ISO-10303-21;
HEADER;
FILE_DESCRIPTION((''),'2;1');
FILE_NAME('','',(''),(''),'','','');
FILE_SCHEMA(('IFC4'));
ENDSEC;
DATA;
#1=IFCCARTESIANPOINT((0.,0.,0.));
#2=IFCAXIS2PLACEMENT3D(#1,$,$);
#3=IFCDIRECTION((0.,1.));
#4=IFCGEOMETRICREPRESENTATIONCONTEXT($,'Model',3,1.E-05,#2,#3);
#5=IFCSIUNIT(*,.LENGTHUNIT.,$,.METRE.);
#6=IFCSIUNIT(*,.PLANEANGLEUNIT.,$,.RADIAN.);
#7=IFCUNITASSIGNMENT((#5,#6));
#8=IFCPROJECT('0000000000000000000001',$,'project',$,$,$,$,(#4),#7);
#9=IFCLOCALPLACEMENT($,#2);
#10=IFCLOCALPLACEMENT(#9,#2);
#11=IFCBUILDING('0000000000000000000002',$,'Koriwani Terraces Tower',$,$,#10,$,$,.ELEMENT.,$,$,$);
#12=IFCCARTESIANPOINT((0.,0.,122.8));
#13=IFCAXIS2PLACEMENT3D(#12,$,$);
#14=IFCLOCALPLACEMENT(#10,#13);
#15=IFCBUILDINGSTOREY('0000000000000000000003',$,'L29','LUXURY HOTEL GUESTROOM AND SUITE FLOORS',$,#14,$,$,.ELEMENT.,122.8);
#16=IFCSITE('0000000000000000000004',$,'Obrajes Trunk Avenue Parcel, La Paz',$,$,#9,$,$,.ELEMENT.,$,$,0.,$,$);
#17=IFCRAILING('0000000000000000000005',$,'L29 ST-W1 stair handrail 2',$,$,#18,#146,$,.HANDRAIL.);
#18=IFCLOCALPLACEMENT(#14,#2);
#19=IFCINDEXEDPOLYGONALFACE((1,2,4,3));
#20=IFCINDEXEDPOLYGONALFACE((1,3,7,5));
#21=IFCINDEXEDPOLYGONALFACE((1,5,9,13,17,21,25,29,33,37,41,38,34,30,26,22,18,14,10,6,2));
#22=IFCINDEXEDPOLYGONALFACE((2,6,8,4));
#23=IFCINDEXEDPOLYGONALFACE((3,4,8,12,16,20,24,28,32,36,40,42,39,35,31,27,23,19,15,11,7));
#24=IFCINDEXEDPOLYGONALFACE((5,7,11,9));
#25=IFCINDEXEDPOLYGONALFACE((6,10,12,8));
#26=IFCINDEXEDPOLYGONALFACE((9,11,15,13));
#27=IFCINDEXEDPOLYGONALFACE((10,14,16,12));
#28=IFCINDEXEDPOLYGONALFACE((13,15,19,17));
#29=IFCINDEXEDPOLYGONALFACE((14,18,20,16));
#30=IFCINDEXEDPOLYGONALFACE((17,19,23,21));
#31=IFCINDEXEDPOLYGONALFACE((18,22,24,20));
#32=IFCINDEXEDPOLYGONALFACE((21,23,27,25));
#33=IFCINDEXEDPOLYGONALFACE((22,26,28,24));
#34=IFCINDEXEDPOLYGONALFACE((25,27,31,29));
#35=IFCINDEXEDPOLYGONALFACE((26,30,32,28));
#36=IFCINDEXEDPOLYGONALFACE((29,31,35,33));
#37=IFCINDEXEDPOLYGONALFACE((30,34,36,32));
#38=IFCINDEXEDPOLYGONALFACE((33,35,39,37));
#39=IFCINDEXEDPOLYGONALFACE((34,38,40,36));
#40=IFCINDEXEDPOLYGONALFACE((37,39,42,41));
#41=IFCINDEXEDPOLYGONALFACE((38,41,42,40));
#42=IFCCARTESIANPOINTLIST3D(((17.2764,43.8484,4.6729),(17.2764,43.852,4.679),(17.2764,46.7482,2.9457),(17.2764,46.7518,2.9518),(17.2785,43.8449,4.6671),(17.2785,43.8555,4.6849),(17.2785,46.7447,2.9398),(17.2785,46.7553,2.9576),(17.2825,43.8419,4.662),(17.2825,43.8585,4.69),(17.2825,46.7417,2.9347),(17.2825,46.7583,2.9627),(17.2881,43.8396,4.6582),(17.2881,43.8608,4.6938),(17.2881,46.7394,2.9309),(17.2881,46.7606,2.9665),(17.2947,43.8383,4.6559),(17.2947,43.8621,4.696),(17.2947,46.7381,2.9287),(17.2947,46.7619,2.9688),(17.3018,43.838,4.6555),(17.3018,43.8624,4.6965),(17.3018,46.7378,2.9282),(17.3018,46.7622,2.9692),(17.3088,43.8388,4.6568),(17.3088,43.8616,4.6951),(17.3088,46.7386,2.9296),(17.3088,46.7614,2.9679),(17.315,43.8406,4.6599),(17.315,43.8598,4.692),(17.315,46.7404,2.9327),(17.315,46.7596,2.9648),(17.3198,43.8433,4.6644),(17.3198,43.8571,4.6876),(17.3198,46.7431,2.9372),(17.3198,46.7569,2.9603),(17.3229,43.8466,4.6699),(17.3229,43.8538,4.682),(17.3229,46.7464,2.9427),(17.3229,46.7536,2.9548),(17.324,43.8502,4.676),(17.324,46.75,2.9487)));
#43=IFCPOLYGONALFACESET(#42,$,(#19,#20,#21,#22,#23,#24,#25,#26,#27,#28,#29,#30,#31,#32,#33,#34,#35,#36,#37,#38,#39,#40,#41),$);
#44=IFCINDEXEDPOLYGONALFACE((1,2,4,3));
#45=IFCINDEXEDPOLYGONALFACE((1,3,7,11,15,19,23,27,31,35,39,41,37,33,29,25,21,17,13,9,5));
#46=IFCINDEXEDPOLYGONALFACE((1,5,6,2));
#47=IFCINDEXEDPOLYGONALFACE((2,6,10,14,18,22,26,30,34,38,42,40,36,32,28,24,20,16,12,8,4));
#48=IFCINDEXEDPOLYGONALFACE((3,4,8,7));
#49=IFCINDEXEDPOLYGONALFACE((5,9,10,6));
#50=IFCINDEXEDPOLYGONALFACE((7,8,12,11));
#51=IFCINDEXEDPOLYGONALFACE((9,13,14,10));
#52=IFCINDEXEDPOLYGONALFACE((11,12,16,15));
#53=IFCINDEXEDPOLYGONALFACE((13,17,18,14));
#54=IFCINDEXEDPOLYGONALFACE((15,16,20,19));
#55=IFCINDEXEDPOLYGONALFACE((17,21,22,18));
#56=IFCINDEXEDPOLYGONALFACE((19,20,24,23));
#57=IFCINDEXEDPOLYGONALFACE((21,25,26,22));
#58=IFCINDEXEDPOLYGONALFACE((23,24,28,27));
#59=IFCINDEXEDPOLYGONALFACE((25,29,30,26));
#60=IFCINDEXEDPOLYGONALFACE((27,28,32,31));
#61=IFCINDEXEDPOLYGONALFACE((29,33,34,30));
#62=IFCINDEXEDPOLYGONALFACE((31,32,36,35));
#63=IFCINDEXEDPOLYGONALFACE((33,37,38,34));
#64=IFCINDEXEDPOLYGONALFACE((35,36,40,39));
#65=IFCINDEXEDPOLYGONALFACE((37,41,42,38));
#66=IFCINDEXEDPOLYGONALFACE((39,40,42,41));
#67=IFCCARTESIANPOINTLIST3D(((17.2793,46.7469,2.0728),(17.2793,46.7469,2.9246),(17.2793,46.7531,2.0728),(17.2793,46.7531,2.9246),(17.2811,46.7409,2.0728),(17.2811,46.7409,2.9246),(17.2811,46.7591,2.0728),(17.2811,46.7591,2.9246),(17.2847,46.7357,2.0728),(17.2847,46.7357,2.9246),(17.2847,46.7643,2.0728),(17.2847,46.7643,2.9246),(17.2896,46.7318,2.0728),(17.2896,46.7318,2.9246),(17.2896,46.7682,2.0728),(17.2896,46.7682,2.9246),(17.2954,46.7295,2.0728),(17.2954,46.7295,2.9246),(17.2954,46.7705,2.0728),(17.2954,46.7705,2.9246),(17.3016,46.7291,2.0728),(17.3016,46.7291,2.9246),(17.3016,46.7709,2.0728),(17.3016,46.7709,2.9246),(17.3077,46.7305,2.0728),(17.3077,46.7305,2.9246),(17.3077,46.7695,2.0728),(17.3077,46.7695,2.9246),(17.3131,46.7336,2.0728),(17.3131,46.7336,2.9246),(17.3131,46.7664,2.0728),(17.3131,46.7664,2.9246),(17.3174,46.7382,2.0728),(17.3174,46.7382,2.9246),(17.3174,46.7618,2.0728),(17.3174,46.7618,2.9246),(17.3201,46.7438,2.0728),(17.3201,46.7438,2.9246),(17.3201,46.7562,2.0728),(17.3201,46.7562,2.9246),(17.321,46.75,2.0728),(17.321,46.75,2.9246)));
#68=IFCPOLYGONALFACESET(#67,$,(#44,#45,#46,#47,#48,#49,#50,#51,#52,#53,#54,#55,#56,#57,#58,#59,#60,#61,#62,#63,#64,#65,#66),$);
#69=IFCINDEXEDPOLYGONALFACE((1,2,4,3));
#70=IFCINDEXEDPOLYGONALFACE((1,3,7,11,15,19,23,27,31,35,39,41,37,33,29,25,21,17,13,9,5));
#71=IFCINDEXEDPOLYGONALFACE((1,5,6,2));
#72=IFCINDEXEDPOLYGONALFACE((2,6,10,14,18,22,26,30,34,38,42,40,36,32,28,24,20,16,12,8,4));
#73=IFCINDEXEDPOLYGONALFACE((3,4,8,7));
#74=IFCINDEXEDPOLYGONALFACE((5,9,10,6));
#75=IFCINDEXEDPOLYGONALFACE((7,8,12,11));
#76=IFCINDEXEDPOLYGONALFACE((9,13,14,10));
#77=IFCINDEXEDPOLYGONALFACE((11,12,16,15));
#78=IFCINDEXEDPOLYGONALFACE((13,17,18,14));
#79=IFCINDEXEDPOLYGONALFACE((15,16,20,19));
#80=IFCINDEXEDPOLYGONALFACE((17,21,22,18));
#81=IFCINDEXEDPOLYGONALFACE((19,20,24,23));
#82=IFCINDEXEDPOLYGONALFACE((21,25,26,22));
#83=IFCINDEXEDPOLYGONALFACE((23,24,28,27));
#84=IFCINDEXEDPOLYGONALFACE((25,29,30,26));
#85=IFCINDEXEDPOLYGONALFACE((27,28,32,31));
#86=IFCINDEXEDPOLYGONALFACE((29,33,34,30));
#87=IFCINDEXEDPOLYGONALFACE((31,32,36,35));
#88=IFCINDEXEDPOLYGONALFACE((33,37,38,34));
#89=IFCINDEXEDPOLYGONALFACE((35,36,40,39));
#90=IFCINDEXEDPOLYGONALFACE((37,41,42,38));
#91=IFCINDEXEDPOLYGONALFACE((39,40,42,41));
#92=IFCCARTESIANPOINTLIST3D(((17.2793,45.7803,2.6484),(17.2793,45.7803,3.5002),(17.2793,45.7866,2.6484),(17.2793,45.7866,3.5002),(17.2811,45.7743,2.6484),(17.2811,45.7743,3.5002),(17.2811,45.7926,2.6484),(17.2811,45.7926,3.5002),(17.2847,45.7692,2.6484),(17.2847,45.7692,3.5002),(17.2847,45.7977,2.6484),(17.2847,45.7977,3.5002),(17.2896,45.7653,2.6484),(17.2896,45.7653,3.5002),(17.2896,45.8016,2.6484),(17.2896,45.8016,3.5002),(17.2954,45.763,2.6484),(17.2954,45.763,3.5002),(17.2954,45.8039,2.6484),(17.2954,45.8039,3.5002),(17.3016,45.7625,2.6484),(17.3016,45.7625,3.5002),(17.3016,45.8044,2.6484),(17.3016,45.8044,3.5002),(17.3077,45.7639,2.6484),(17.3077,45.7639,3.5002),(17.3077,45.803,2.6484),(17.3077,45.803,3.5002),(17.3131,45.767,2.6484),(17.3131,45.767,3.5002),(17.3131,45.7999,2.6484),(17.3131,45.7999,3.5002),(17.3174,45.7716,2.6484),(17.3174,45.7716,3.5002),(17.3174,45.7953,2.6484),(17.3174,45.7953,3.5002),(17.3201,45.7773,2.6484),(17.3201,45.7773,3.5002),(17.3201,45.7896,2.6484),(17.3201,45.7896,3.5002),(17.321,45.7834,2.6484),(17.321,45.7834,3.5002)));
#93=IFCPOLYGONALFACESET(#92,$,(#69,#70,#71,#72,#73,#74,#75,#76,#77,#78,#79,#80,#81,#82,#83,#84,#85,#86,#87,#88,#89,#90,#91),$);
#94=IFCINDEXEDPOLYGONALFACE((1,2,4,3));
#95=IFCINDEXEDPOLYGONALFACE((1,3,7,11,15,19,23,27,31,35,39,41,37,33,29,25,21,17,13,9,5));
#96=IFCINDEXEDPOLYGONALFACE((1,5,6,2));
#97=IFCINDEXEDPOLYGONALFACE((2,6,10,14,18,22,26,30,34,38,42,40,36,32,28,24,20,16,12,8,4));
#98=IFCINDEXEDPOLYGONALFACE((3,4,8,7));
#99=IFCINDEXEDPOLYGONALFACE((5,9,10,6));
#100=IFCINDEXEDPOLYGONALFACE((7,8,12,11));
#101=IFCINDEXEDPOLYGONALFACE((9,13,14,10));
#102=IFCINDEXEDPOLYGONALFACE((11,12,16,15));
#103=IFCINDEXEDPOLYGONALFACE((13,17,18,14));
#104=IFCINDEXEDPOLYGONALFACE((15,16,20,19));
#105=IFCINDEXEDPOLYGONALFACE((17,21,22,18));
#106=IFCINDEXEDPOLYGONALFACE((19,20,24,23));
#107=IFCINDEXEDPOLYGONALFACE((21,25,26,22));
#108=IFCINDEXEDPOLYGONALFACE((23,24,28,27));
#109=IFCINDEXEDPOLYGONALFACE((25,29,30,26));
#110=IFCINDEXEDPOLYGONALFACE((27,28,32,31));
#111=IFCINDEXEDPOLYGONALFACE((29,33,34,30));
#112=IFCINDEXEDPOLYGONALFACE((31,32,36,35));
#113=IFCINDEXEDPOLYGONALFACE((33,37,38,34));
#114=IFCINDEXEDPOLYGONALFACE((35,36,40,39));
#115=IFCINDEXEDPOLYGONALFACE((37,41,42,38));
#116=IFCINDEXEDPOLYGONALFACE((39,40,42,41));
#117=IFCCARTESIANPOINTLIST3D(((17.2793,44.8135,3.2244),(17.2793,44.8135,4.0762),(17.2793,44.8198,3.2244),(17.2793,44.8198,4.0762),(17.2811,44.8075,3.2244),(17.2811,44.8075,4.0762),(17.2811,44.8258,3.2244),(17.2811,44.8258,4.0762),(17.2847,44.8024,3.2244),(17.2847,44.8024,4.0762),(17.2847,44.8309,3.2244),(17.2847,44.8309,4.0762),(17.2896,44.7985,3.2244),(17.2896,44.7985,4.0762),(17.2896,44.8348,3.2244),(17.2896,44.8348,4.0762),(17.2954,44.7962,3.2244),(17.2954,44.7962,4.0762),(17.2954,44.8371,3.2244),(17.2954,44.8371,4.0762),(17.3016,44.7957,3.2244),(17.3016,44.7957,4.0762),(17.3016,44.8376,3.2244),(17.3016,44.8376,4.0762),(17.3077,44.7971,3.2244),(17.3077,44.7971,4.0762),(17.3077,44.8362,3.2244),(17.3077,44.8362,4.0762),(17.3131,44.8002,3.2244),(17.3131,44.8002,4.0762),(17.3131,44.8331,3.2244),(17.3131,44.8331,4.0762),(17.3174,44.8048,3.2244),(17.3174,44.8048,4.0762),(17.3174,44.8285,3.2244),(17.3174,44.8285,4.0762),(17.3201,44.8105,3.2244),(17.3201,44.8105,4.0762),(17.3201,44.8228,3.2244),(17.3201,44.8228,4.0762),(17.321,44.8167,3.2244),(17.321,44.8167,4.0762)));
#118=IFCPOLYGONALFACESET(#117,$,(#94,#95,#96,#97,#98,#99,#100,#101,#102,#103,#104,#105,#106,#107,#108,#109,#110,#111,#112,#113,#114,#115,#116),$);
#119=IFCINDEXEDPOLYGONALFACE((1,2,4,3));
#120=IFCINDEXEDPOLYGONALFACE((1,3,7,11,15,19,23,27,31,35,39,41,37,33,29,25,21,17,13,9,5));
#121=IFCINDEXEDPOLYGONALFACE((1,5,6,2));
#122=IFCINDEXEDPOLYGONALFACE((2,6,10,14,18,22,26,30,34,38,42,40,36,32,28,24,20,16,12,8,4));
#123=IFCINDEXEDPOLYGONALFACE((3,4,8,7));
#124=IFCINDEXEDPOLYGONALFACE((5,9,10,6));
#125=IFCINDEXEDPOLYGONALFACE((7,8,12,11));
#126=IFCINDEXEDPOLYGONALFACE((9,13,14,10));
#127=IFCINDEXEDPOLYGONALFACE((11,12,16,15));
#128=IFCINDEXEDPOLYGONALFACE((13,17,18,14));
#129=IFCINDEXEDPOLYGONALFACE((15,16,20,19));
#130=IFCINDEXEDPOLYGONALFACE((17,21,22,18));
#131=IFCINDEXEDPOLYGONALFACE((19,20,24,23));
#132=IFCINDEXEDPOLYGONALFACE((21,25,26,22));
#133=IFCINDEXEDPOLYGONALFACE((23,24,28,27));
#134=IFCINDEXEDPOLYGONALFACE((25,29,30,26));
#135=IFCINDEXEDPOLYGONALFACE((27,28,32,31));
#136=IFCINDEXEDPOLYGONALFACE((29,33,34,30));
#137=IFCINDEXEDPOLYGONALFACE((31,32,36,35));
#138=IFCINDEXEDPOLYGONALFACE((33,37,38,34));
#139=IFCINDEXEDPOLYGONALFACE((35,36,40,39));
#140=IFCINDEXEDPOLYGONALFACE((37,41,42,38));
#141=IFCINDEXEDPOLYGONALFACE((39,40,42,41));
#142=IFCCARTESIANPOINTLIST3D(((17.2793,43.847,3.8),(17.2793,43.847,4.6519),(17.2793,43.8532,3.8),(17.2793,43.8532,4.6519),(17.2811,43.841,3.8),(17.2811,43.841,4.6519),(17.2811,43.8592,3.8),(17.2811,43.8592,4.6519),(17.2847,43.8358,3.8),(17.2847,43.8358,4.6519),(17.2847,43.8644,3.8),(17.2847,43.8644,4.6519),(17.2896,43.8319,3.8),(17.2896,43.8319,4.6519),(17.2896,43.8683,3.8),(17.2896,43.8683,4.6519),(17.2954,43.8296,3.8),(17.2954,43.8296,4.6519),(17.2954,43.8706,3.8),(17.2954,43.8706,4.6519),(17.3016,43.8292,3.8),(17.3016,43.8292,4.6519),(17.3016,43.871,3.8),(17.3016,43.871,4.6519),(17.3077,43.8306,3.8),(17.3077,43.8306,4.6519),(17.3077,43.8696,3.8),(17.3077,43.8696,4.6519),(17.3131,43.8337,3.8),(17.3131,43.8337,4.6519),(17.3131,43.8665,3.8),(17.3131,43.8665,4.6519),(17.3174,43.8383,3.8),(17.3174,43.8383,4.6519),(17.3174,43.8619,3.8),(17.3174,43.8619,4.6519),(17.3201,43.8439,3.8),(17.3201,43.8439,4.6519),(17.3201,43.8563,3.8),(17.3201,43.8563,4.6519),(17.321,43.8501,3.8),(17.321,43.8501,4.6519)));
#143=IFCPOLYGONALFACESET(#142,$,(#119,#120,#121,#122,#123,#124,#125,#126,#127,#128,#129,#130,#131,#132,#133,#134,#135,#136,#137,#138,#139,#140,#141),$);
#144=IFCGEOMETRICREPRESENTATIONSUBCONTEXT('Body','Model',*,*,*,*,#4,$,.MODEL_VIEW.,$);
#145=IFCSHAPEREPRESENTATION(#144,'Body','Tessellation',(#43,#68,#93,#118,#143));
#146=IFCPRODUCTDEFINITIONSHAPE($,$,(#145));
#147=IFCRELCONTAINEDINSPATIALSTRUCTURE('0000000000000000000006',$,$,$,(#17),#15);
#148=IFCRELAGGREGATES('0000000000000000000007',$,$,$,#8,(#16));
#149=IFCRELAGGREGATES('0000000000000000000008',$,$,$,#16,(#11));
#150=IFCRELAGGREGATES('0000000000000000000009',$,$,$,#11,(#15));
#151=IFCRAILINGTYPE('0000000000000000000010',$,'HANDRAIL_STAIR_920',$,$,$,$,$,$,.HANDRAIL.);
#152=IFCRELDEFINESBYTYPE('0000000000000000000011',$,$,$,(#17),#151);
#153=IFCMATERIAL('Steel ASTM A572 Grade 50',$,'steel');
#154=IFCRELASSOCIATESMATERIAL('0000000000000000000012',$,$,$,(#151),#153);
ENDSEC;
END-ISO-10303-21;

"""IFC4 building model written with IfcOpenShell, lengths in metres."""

from ifc_helpers import new_model, si_unit, direction, frame, origin, origin_2d, place, context, subcontext, project, spatial, circle, extrude, material, type_object, element, save


model = new_model("IFC4")

# Units and contexts
model_context = context("Model", 3, precision=1e-05, world=origin(), true_north=direction((0.0, 1.0)))
body_context = subcontext(model_context, "Body", "Model", "MODEL_VIEW")
ifc_project = project(units=[si_unit("LENGTHUNIT", "METRE"), si_unit("PLANEANGLEUNIT", "RADIAN")], contexts=[model_context])

# Site, building, storey
site_placement = place(None, origin())
site = spatial("IfcSite", under=ifc_project, at=site_placement, Name="Obrajes Trunk Avenue Parcel, La Paz", CompositionType="ELEMENT", RefElevation=0.0)
building_placement = place(site_placement, origin())
building = spatial("IfcBuilding", under=site, at=building_placement, Name="Koriwani Terraces Tower", CompositionType="ELEMENT")
storey_placement = place(building_placement, frame((0.0, 0.0, 122.8)))
storey = spatial("IfcBuildingStorey", under=building, at=storey_placement, Name="L29", Description="LUXURY HOTEL GUESTROOM AND SUITE FLOORS", CompositionType="ELEMENT", Elevation=122.8)

# Shared definitions
ifc_material_1 = material(Name="Steel ASTM A572 Grade 50", Category="steel")

# Railing
railing_type_1 = type_object("IfcRailingType", Name="HANDRAIL_STAIR_920", PredefinedType="HANDRAIL", material=ifc_material_1)
for number, where, name in (
    (1, (17.3, 46.75, 2.0728), "L29 ST-W1 stair handrail 2"),
):
    element("IfcRailing", number, at=place(storey_placement, frame(where)), inside=storey, type_object=railing_type_1, Name=name, PredefinedType="HANDRAIL", context=body_context, shape_type="SweptSolid", body=[
        extrude(circle(Radius=0.0239, at=origin_2d()), frame((0.0, 0.0, 0.876), z_axis=(0.0, -0.859141, 0.511738), x_axis=(1.0, 0.0, 0.0)), (0.0, 0.0, 1.0), 3.3752),
        extrude(circle(Radius=0.021, at=origin_2d()), origin(), (0.0, 0.0, 1.0), 0.8518),
        extrude(circle(Radius=0.021, at=origin_2d()), frame((0.0, -0.9666, 0.5757)), (0.0, 0.0, 1.0), 0.8518),
        extrude(circle(Radius=0.021, at=origin_2d()), frame((0.0, -1.9333, 1.1516)), (0.0, 0.0, 1.0), 0.8518),
        extrude(circle(Radius=0.021, at=origin_2d()), frame((0.0, -2.8999, 1.7273)), (0.0, 0.0, 1.0), 0.8518),
    ])

save(model, "model.ifc")
